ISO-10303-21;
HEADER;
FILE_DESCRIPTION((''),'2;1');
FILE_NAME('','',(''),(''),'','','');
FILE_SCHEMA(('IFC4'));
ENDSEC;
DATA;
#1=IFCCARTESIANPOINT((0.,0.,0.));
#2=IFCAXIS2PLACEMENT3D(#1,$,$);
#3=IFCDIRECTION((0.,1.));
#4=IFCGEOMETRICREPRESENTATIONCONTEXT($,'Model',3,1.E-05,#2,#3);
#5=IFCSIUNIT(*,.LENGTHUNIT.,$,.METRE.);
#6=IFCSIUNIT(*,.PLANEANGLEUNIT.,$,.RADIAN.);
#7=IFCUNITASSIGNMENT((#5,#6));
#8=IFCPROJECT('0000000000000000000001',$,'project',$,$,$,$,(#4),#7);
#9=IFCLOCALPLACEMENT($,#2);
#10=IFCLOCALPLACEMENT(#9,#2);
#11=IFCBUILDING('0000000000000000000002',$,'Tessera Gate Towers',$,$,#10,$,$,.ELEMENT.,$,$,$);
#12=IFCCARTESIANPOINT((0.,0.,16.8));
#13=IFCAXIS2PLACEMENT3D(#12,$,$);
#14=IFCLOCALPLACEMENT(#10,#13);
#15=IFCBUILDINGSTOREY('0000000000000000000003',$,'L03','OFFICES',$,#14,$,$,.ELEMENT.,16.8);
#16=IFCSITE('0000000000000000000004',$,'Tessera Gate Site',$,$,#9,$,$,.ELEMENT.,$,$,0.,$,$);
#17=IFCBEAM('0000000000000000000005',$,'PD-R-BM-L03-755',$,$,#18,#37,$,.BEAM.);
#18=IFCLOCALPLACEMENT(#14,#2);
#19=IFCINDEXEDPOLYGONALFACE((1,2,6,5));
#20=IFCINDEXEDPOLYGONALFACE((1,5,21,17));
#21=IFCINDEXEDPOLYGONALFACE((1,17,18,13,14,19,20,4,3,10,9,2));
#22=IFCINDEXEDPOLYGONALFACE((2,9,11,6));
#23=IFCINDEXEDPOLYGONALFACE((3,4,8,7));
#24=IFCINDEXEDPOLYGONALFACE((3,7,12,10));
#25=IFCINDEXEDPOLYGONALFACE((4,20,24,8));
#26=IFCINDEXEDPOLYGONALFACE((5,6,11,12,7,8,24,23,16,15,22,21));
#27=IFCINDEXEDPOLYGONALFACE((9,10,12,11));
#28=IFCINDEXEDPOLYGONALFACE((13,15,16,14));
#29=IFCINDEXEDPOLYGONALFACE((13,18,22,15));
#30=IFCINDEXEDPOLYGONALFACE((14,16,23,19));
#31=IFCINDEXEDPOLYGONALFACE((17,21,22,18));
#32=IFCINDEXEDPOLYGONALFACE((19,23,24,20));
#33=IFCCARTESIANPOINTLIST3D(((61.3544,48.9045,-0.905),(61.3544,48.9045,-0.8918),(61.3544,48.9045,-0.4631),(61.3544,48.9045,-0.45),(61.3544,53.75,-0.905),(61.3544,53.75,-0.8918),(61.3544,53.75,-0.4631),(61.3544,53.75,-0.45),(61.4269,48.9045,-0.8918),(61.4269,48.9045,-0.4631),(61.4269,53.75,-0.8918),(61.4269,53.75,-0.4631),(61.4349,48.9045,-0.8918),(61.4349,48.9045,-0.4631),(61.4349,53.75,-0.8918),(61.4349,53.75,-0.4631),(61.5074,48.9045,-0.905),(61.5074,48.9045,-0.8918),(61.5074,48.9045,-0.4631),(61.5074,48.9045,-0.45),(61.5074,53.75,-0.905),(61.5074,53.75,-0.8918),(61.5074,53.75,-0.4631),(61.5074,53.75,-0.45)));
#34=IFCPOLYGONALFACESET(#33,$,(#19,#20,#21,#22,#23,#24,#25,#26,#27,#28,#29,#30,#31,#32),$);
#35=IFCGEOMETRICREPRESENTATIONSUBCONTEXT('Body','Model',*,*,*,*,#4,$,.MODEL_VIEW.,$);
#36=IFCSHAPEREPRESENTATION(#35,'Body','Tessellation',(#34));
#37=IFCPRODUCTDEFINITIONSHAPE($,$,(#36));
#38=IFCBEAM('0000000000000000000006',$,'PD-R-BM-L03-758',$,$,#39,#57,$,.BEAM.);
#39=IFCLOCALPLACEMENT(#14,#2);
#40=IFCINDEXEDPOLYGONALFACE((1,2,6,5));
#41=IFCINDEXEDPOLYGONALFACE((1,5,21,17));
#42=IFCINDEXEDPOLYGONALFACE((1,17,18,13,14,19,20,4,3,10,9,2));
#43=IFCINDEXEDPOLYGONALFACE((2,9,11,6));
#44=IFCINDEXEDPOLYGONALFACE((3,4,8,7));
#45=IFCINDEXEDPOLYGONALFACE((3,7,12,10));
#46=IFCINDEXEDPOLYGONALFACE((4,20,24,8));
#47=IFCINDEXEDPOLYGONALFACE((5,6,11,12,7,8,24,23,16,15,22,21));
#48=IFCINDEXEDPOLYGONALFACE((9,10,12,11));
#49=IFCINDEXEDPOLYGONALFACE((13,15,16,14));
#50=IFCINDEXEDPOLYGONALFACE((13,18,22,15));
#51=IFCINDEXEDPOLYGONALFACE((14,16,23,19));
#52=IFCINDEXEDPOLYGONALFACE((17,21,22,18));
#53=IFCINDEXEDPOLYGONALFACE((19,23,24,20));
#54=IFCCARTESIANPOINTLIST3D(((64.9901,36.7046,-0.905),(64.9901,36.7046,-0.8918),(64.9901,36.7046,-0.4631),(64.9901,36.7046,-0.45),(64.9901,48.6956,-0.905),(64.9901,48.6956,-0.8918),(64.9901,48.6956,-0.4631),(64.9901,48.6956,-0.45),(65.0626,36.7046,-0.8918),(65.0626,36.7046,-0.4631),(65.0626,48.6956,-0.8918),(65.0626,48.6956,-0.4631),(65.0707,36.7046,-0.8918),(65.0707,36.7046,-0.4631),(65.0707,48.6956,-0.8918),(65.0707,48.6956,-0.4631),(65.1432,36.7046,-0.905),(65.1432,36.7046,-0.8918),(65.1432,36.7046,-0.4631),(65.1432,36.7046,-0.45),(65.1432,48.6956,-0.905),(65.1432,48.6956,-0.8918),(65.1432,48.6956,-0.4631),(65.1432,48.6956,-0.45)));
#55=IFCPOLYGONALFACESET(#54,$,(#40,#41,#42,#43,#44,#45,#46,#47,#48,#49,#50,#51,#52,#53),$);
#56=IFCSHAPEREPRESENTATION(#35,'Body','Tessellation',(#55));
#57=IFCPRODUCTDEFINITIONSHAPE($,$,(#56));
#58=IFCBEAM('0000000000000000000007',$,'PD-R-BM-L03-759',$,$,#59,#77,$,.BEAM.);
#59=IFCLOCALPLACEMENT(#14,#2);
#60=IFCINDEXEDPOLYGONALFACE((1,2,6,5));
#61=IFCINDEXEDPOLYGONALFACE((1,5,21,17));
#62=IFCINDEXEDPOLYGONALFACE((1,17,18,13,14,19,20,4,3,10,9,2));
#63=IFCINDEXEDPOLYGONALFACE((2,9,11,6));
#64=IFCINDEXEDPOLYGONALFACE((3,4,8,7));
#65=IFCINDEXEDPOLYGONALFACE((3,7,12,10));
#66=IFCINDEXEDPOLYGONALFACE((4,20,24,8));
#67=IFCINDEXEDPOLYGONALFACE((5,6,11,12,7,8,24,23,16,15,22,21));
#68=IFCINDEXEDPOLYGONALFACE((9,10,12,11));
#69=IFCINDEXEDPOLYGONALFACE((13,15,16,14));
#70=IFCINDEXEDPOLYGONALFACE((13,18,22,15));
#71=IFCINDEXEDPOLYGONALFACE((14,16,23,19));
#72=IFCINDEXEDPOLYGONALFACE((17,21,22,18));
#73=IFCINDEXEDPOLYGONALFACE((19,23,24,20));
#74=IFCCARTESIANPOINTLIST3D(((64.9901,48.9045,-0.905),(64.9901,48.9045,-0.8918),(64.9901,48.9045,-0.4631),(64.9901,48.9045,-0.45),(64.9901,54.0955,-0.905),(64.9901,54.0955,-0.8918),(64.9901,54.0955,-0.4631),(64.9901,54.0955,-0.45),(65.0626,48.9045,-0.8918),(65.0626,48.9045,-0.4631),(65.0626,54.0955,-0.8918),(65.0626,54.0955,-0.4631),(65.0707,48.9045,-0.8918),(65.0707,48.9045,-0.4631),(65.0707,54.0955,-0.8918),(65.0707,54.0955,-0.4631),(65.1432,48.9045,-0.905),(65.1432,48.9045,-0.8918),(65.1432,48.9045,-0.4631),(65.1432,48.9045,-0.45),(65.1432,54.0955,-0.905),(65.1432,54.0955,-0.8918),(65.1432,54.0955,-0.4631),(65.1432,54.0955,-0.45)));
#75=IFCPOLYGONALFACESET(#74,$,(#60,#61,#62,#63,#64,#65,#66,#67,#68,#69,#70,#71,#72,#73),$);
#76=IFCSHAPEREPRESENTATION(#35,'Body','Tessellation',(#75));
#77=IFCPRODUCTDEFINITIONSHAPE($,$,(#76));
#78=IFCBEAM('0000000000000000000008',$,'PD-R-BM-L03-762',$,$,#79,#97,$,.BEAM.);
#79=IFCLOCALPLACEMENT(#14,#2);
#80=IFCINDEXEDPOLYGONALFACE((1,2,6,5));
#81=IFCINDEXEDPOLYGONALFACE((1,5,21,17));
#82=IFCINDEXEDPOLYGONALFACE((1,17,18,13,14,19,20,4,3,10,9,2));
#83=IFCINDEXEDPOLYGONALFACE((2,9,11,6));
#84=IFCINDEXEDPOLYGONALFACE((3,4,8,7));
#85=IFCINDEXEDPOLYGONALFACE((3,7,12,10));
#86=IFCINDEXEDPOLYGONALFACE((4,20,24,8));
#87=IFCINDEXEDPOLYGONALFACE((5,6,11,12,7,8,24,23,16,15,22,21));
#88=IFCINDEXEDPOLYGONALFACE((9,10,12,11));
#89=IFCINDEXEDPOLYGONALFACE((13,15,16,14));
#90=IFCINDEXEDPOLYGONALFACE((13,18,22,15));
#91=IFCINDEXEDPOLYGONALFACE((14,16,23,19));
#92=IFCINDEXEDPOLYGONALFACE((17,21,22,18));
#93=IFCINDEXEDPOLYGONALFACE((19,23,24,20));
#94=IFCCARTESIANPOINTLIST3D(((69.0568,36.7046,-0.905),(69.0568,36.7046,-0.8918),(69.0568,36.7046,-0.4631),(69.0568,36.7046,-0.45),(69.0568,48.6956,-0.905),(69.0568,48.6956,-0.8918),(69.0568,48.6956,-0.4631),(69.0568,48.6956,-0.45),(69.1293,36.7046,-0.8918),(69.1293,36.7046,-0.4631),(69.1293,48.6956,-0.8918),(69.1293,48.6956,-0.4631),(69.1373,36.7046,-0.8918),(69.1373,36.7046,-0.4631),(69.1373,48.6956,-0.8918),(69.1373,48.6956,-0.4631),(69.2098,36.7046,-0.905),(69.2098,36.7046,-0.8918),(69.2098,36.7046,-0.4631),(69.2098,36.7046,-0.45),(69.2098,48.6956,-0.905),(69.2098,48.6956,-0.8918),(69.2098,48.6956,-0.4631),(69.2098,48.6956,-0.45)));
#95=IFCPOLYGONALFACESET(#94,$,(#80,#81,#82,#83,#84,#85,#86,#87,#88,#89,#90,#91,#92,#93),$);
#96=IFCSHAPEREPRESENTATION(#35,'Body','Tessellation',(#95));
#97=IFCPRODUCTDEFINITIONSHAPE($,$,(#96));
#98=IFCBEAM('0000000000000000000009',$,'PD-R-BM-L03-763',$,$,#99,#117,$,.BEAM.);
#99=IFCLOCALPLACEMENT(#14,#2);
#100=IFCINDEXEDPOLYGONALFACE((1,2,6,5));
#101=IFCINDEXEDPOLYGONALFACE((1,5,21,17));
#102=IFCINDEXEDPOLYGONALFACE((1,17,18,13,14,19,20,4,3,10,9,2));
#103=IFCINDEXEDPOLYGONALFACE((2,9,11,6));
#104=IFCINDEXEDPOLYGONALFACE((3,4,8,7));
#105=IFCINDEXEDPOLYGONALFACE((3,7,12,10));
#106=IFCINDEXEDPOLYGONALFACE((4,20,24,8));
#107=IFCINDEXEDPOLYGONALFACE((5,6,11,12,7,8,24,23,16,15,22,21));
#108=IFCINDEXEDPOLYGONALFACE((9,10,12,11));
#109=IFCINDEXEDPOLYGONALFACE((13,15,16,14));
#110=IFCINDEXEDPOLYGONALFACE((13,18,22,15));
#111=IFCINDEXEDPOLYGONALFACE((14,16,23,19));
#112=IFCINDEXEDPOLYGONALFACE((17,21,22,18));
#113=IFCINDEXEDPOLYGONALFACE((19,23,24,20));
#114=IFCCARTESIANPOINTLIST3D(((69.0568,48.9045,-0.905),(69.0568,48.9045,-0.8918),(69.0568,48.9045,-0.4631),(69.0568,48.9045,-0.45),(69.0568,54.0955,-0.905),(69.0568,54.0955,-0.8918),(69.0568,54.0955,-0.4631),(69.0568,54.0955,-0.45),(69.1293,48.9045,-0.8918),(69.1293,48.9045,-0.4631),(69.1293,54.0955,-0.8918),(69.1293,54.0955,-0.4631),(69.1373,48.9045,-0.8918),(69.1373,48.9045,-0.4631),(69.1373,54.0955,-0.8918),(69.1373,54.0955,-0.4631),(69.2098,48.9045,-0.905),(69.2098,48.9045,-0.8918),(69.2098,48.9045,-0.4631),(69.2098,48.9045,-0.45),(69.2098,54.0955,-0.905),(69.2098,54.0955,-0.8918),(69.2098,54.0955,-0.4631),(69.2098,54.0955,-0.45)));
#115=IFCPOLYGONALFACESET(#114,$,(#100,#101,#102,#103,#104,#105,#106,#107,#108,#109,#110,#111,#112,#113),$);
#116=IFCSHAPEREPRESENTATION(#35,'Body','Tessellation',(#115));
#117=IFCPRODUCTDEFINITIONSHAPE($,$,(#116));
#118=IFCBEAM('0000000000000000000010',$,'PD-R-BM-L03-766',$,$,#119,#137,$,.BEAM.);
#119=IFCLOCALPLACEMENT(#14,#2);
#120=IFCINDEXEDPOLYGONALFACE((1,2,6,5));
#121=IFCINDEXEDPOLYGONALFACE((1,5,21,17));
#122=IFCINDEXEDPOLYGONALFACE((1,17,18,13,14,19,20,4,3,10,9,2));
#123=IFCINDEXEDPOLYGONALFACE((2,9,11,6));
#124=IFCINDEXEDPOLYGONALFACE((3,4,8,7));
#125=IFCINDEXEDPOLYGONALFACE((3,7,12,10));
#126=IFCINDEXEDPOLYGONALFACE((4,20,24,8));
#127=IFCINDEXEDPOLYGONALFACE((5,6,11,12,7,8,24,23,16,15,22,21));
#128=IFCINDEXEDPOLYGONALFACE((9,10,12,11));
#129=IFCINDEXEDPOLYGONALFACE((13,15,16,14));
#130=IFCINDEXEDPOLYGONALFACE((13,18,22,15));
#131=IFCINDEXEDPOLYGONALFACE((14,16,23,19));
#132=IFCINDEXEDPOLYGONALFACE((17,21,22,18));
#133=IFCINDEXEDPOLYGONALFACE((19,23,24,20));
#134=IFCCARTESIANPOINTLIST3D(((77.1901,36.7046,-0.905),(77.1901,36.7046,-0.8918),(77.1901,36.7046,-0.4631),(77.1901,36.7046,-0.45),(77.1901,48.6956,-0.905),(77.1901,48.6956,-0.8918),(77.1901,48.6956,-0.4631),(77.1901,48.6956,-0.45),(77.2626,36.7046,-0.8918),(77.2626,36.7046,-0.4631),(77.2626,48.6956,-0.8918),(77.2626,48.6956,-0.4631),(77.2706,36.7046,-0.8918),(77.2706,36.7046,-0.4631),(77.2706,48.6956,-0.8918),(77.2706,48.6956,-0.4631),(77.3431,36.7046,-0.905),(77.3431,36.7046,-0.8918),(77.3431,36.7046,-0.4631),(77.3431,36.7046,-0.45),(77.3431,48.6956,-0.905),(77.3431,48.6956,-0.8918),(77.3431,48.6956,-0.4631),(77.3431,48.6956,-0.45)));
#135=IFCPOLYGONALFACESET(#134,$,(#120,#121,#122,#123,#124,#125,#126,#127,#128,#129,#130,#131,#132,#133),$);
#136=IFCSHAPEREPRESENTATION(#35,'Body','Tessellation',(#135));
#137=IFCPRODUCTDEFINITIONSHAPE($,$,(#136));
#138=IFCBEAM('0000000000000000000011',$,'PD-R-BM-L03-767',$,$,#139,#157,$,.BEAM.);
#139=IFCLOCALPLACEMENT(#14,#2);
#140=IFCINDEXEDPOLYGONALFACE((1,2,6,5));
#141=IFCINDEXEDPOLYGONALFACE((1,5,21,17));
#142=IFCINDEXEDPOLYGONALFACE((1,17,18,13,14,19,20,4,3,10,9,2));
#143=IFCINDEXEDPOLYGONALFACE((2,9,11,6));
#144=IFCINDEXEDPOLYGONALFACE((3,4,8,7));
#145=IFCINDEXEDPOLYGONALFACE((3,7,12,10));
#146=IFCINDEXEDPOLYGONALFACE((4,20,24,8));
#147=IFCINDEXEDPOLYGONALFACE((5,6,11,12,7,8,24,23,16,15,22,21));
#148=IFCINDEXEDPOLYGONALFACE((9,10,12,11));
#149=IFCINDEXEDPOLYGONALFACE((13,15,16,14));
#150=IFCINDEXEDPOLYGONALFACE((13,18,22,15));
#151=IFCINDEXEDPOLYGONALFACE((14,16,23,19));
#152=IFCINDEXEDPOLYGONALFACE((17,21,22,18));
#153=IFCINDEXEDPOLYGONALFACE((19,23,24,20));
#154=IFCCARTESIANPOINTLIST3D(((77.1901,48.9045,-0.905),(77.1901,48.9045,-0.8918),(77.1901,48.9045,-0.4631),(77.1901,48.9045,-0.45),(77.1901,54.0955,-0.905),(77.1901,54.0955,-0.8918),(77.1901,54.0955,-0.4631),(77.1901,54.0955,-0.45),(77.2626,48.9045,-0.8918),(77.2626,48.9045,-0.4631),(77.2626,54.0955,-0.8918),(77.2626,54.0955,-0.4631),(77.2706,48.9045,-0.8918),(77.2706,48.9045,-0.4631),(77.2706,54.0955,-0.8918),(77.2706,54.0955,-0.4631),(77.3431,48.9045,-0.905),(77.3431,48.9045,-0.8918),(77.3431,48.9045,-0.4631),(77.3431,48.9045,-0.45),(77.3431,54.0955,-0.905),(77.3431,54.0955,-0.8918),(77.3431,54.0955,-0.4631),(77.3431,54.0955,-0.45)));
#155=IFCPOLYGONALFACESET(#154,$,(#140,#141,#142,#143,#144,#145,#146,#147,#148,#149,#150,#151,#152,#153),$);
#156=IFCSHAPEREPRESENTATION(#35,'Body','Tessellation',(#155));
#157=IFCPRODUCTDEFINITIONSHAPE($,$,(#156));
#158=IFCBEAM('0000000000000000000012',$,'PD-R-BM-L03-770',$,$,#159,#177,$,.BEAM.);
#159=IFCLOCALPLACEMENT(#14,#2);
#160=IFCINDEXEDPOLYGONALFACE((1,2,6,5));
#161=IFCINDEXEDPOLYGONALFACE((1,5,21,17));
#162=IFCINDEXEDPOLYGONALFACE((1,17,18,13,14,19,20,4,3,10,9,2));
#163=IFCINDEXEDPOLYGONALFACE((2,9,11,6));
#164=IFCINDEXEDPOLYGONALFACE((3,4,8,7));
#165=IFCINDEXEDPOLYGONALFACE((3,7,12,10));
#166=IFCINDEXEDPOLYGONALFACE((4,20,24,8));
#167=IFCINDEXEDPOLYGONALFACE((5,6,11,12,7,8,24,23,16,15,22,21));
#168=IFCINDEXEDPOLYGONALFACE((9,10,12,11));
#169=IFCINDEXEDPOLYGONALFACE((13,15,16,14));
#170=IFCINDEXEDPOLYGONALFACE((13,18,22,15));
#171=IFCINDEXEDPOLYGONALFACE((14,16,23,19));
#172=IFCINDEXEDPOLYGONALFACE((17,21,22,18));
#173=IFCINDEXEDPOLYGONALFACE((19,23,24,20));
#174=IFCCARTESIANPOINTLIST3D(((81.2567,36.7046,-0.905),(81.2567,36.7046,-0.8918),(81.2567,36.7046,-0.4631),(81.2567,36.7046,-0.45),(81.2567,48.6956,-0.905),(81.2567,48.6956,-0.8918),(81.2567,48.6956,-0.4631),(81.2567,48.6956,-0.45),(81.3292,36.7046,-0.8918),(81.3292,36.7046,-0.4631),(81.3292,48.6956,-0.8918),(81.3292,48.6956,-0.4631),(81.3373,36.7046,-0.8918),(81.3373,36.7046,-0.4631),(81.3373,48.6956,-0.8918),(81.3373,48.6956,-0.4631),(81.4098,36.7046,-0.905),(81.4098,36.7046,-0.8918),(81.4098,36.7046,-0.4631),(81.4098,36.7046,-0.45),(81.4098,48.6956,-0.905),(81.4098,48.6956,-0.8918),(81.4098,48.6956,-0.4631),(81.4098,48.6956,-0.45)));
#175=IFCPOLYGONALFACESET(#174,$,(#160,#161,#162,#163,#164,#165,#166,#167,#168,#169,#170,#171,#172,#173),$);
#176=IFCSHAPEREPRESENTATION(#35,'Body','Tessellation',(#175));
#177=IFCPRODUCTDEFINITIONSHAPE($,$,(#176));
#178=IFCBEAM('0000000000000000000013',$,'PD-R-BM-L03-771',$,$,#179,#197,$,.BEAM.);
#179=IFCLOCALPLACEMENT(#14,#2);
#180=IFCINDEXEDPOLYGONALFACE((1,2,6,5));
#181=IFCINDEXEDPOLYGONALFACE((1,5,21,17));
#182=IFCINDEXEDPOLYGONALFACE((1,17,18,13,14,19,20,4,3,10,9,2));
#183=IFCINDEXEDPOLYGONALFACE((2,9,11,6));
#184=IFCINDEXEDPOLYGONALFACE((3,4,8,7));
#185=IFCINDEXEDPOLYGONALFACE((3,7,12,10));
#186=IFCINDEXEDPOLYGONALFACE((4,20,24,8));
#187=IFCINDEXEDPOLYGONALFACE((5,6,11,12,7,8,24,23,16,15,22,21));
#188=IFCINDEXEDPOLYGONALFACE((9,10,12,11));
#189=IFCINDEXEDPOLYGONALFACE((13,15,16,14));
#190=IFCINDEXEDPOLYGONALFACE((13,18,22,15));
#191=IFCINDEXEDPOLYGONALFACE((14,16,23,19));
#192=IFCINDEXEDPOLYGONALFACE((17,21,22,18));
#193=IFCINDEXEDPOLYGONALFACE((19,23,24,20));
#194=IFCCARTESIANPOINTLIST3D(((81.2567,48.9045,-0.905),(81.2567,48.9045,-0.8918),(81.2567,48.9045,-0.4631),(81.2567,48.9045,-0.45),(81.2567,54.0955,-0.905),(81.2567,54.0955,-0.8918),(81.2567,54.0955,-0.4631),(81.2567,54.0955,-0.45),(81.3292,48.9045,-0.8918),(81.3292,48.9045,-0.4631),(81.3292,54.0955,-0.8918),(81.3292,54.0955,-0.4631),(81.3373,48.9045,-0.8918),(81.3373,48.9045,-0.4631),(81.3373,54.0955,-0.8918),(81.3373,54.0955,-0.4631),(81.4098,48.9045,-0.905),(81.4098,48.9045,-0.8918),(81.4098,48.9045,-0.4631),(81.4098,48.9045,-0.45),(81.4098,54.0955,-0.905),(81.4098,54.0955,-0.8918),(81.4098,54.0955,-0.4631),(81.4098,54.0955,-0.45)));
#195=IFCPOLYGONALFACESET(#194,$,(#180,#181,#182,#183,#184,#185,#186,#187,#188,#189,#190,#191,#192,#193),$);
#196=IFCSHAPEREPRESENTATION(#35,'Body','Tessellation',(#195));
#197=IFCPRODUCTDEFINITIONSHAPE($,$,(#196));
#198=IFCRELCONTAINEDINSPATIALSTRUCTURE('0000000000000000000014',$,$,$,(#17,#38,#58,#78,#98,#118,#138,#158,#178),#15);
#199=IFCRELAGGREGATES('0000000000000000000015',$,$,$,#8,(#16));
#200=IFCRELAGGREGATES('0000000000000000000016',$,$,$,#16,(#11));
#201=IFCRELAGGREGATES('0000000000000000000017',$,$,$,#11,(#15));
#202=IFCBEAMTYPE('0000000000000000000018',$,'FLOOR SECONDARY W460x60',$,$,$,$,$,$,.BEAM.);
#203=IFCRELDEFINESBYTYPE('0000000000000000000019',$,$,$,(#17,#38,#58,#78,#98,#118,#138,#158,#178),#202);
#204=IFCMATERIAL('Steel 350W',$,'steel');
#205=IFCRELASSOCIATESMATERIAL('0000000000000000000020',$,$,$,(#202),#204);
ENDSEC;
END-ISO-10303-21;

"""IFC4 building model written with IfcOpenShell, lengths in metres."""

from ifc_helpers import new_model, si_unit, direction, frame, origin, origin_2d, place, context, subcontext, project, spatial, i_section, extrude, material, material_profile, profile_set, type_object, element, save


model = new_model("IFC4")

# Units and contexts
model_context = context("Model", 3, precision=1e-05, world=origin(), true_north=direction((0.0, 1.0)))
body_context = subcontext(model_context, "Body", "Model", "MODEL_VIEW")
ifc_project = project(units=[si_unit("LENGTHUNIT", "METRE"), si_unit("PLANEANGLEUNIT", "RADIAN")], contexts=[model_context])

# Site, building, storey
site_placement = place(None, origin())
site = spatial("IfcSite", under=ifc_project, at=site_placement, Name="Tessera Gate Site", CompositionType="ELEMENT", RefElevation=0.0)
building_placement = place(site_placement, origin())
building = spatial("IfcBuilding", under=site, at=building_placement, Name="Tessera Gate Towers", CompositionType="ELEMENT")
storey_placement = place(building_placement, frame((0.0, 0.0, 16.8)))
storey = spatial("IfcBuildingStorey", under=building, at=storey_placement, Name="L03", Description="OFFICES", CompositionType="ELEMENT", Elevation=16.8)

# Beams
ifc_material_1 = material(Name="Steel 350W", Category="steel")
ifc_material_profile_1 = material_profile(ifc_material_1, i_section(OverallWidth=0.1531, OverallDepth=0.4551, WebThickness=0.0081, FlangeThickness=0.0132, at=origin_2d()), Name="W460x60")
ifc_profile_set_1 = profile_set([ifc_material_profile_1], Name="Steel 350W")
beam_type_1 = type_object("IfcBeamType", Name="FLOOR SECONDARY W460x60", PredefinedType="BEAM", material=ifc_profile_set_1)
beam_1_placement = place(storey_placement, frame((61.4309, 48.9045, -0.6775), z_axis=(0.0, 1.0, 0.0), x_axis=(-1.0, 0.0, 0.0)))
element("IfcBeam", 1, at=beam_1_placement, inside=storey, type_object=beam_type_1, Name="PD-R-BM-L03-755", PredefinedType="BEAM", context=body_context, shape_type="SweptSolid", body=[
    extrude(i_section(OverallWidth=0.1531, OverallDepth=0.4551, WebThickness=0.0081, FlangeThickness=0.0132, at=origin_2d()), origin(), (0.0, 0.0, 1.0), 4.8455),
])
beam_2_placement = place(storey_placement, frame((65.0667, 36.7046, -0.6775), z_axis=(0.0, 1.0, 0.0), x_axis=(-1.0, 0.0, 0.0)))
element("IfcBeam", 2, at=beam_2_placement, inside=storey, type_object=beam_type_1, Name="PD-R-BM-L03-758", PredefinedType="BEAM", context=body_context, shape_type="SweptSolid", body=[
    extrude(i_section(OverallWidth=0.1531, OverallDepth=0.4551, WebThickness=0.0081, FlangeThickness=0.0132, at=origin_2d()), origin(), (0.0, 0.0, 1.0), 11.991),
])
beam_3_placement = place(storey_placement, frame((65.0667, 48.9045, -0.6775), z_axis=(0.0, 1.0, 0.0), x_axis=(-1.0, 0.0, 0.0)))
element("IfcBeam", 3, at=beam_3_placement, inside=storey, type_object=beam_type_1, Name="PD-R-BM-L03-759", PredefinedType="BEAM", context=body_context, shape_type="SweptSolid", body=[
    extrude(i_section(OverallWidth=0.1531, OverallDepth=0.4551, WebThickness=0.0081, FlangeThickness=0.0132, at=origin_2d()), origin(), (0.0, 0.0, 1.0), 5.1909),
])
beam_4_placement = place(storey_placement, frame((69.1333, 36.7046, -0.6775), z_axis=(0.0, 1.0, 0.0), x_axis=(-1.0, 0.0, 0.0)))
element("IfcBeam", 4, at=beam_4_placement, inside=storey, type_object=beam_type_1, Name="PD-R-BM-L03-762", PredefinedType="BEAM", context=body_context, shape_type="SweptSolid", body=[
    extrude(i_section(OverallWidth=0.1531, OverallDepth=0.4551, WebThickness=0.0081, FlangeThickness=0.0132, at=origin_2d()), origin(), (0.0, 0.0, 1.0), 11.991),
])
beam_5_placement = place(storey_placement, frame((69.1333, 48.9045, -0.6775), z_axis=(0.0, 1.0, 0.0), x_axis=(-1.0, 0.0, 0.0)))
element("IfcBeam", 5, at=beam_5_placement, inside=storey, type_object=beam_type_1, Name="PD-R-BM-L03-763", PredefinedType="BEAM", context=body_context, shape_type="SweptSolid", body=[
    extrude(i_section(OverallWidth=0.1531, OverallDepth=0.4551, WebThickness=0.0081, FlangeThickness=0.0132, at=origin_2d()), origin(), (0.0, 0.0, 1.0), 5.1909),
])
beam_6_placement = place(storey_placement, frame((77.2666, 36.7046, -0.6775), z_axis=(0.0, 1.0, 0.0), x_axis=(-1.0, 0.0, 0.0)))
element("IfcBeam", 6, at=beam_6_placement, inside=storey, type_object=beam_type_1, Name="PD-R-BM-L03-766", PredefinedType="BEAM", context=body_context, shape_type="SweptSolid", body=[
    extrude(i_section(OverallWidth=0.1531, OverallDepth=0.4551, WebThickness=0.0081, FlangeThickness=0.0132, at=origin_2d()), origin(), (0.0, 0.0, 1.0), 11.991),
])
beam_7_placement = place(storey_placement, frame((77.2666, 48.9045, -0.6775), z_axis=(0.0, 1.0, 0.0), x_axis=(-1.0, 0.0, 0.0)))
element("IfcBeam", 7, at=beam_7_placement, inside=storey, type_object=beam_type_1, Name="PD-R-BM-L03-767", PredefinedType="BEAM", context=body_context, shape_type="SweptSolid", body=[
    extrude(i_section(OverallWidth=0.1531, OverallDepth=0.4551, WebThickness=0.0081, FlangeThickness=0.0132, at=origin_2d()), origin(), (0.0, 0.0, 1.0), 5.1909),
])
beam_8_placement = place(storey_placement, frame((81.3333, 36.7046, -0.6775), z_axis=(0.0, 1.0, 0.0), x_axis=(-1.0, 0.0, 0.0)))
element("IfcBeam", 8, at=beam_8_placement, inside=storey, type_object=beam_type_1, Name="PD-R-BM-L03-770", PredefinedType="BEAM", context=body_context, shape_type="SweptSolid", body=[
    extrude(i_section(OverallWidth=0.1531, OverallDepth=0.4551, WebThickness=0.0081, FlangeThickness=0.0132, at=origin_2d()), origin(), (0.0, 0.0, 1.0), 11.991),
])
beam_9_placement = place(storey_placement, frame((81.3333, 48.9045, -0.6775), z_axis=(0.0, 1.0, 0.0), x_axis=(-1.0, 0.0, 0.0)))
element("IfcBeam", 9, at=beam_9_placement, inside=storey, type_object=beam_type_1, Name="PD-R-BM-L03-771", PredefinedType="BEAM", context=body_context, shape_type="SweptSolid", body=[
    extrude(i_section(OverallWidth=0.1531, OverallDepth=0.4551, WebThickness=0.0081, FlangeThickness=0.0132, at=origin_2d()), origin(), (0.0, 0.0, 1.0), 5.1909),
])

save(model, "model.ifc")
